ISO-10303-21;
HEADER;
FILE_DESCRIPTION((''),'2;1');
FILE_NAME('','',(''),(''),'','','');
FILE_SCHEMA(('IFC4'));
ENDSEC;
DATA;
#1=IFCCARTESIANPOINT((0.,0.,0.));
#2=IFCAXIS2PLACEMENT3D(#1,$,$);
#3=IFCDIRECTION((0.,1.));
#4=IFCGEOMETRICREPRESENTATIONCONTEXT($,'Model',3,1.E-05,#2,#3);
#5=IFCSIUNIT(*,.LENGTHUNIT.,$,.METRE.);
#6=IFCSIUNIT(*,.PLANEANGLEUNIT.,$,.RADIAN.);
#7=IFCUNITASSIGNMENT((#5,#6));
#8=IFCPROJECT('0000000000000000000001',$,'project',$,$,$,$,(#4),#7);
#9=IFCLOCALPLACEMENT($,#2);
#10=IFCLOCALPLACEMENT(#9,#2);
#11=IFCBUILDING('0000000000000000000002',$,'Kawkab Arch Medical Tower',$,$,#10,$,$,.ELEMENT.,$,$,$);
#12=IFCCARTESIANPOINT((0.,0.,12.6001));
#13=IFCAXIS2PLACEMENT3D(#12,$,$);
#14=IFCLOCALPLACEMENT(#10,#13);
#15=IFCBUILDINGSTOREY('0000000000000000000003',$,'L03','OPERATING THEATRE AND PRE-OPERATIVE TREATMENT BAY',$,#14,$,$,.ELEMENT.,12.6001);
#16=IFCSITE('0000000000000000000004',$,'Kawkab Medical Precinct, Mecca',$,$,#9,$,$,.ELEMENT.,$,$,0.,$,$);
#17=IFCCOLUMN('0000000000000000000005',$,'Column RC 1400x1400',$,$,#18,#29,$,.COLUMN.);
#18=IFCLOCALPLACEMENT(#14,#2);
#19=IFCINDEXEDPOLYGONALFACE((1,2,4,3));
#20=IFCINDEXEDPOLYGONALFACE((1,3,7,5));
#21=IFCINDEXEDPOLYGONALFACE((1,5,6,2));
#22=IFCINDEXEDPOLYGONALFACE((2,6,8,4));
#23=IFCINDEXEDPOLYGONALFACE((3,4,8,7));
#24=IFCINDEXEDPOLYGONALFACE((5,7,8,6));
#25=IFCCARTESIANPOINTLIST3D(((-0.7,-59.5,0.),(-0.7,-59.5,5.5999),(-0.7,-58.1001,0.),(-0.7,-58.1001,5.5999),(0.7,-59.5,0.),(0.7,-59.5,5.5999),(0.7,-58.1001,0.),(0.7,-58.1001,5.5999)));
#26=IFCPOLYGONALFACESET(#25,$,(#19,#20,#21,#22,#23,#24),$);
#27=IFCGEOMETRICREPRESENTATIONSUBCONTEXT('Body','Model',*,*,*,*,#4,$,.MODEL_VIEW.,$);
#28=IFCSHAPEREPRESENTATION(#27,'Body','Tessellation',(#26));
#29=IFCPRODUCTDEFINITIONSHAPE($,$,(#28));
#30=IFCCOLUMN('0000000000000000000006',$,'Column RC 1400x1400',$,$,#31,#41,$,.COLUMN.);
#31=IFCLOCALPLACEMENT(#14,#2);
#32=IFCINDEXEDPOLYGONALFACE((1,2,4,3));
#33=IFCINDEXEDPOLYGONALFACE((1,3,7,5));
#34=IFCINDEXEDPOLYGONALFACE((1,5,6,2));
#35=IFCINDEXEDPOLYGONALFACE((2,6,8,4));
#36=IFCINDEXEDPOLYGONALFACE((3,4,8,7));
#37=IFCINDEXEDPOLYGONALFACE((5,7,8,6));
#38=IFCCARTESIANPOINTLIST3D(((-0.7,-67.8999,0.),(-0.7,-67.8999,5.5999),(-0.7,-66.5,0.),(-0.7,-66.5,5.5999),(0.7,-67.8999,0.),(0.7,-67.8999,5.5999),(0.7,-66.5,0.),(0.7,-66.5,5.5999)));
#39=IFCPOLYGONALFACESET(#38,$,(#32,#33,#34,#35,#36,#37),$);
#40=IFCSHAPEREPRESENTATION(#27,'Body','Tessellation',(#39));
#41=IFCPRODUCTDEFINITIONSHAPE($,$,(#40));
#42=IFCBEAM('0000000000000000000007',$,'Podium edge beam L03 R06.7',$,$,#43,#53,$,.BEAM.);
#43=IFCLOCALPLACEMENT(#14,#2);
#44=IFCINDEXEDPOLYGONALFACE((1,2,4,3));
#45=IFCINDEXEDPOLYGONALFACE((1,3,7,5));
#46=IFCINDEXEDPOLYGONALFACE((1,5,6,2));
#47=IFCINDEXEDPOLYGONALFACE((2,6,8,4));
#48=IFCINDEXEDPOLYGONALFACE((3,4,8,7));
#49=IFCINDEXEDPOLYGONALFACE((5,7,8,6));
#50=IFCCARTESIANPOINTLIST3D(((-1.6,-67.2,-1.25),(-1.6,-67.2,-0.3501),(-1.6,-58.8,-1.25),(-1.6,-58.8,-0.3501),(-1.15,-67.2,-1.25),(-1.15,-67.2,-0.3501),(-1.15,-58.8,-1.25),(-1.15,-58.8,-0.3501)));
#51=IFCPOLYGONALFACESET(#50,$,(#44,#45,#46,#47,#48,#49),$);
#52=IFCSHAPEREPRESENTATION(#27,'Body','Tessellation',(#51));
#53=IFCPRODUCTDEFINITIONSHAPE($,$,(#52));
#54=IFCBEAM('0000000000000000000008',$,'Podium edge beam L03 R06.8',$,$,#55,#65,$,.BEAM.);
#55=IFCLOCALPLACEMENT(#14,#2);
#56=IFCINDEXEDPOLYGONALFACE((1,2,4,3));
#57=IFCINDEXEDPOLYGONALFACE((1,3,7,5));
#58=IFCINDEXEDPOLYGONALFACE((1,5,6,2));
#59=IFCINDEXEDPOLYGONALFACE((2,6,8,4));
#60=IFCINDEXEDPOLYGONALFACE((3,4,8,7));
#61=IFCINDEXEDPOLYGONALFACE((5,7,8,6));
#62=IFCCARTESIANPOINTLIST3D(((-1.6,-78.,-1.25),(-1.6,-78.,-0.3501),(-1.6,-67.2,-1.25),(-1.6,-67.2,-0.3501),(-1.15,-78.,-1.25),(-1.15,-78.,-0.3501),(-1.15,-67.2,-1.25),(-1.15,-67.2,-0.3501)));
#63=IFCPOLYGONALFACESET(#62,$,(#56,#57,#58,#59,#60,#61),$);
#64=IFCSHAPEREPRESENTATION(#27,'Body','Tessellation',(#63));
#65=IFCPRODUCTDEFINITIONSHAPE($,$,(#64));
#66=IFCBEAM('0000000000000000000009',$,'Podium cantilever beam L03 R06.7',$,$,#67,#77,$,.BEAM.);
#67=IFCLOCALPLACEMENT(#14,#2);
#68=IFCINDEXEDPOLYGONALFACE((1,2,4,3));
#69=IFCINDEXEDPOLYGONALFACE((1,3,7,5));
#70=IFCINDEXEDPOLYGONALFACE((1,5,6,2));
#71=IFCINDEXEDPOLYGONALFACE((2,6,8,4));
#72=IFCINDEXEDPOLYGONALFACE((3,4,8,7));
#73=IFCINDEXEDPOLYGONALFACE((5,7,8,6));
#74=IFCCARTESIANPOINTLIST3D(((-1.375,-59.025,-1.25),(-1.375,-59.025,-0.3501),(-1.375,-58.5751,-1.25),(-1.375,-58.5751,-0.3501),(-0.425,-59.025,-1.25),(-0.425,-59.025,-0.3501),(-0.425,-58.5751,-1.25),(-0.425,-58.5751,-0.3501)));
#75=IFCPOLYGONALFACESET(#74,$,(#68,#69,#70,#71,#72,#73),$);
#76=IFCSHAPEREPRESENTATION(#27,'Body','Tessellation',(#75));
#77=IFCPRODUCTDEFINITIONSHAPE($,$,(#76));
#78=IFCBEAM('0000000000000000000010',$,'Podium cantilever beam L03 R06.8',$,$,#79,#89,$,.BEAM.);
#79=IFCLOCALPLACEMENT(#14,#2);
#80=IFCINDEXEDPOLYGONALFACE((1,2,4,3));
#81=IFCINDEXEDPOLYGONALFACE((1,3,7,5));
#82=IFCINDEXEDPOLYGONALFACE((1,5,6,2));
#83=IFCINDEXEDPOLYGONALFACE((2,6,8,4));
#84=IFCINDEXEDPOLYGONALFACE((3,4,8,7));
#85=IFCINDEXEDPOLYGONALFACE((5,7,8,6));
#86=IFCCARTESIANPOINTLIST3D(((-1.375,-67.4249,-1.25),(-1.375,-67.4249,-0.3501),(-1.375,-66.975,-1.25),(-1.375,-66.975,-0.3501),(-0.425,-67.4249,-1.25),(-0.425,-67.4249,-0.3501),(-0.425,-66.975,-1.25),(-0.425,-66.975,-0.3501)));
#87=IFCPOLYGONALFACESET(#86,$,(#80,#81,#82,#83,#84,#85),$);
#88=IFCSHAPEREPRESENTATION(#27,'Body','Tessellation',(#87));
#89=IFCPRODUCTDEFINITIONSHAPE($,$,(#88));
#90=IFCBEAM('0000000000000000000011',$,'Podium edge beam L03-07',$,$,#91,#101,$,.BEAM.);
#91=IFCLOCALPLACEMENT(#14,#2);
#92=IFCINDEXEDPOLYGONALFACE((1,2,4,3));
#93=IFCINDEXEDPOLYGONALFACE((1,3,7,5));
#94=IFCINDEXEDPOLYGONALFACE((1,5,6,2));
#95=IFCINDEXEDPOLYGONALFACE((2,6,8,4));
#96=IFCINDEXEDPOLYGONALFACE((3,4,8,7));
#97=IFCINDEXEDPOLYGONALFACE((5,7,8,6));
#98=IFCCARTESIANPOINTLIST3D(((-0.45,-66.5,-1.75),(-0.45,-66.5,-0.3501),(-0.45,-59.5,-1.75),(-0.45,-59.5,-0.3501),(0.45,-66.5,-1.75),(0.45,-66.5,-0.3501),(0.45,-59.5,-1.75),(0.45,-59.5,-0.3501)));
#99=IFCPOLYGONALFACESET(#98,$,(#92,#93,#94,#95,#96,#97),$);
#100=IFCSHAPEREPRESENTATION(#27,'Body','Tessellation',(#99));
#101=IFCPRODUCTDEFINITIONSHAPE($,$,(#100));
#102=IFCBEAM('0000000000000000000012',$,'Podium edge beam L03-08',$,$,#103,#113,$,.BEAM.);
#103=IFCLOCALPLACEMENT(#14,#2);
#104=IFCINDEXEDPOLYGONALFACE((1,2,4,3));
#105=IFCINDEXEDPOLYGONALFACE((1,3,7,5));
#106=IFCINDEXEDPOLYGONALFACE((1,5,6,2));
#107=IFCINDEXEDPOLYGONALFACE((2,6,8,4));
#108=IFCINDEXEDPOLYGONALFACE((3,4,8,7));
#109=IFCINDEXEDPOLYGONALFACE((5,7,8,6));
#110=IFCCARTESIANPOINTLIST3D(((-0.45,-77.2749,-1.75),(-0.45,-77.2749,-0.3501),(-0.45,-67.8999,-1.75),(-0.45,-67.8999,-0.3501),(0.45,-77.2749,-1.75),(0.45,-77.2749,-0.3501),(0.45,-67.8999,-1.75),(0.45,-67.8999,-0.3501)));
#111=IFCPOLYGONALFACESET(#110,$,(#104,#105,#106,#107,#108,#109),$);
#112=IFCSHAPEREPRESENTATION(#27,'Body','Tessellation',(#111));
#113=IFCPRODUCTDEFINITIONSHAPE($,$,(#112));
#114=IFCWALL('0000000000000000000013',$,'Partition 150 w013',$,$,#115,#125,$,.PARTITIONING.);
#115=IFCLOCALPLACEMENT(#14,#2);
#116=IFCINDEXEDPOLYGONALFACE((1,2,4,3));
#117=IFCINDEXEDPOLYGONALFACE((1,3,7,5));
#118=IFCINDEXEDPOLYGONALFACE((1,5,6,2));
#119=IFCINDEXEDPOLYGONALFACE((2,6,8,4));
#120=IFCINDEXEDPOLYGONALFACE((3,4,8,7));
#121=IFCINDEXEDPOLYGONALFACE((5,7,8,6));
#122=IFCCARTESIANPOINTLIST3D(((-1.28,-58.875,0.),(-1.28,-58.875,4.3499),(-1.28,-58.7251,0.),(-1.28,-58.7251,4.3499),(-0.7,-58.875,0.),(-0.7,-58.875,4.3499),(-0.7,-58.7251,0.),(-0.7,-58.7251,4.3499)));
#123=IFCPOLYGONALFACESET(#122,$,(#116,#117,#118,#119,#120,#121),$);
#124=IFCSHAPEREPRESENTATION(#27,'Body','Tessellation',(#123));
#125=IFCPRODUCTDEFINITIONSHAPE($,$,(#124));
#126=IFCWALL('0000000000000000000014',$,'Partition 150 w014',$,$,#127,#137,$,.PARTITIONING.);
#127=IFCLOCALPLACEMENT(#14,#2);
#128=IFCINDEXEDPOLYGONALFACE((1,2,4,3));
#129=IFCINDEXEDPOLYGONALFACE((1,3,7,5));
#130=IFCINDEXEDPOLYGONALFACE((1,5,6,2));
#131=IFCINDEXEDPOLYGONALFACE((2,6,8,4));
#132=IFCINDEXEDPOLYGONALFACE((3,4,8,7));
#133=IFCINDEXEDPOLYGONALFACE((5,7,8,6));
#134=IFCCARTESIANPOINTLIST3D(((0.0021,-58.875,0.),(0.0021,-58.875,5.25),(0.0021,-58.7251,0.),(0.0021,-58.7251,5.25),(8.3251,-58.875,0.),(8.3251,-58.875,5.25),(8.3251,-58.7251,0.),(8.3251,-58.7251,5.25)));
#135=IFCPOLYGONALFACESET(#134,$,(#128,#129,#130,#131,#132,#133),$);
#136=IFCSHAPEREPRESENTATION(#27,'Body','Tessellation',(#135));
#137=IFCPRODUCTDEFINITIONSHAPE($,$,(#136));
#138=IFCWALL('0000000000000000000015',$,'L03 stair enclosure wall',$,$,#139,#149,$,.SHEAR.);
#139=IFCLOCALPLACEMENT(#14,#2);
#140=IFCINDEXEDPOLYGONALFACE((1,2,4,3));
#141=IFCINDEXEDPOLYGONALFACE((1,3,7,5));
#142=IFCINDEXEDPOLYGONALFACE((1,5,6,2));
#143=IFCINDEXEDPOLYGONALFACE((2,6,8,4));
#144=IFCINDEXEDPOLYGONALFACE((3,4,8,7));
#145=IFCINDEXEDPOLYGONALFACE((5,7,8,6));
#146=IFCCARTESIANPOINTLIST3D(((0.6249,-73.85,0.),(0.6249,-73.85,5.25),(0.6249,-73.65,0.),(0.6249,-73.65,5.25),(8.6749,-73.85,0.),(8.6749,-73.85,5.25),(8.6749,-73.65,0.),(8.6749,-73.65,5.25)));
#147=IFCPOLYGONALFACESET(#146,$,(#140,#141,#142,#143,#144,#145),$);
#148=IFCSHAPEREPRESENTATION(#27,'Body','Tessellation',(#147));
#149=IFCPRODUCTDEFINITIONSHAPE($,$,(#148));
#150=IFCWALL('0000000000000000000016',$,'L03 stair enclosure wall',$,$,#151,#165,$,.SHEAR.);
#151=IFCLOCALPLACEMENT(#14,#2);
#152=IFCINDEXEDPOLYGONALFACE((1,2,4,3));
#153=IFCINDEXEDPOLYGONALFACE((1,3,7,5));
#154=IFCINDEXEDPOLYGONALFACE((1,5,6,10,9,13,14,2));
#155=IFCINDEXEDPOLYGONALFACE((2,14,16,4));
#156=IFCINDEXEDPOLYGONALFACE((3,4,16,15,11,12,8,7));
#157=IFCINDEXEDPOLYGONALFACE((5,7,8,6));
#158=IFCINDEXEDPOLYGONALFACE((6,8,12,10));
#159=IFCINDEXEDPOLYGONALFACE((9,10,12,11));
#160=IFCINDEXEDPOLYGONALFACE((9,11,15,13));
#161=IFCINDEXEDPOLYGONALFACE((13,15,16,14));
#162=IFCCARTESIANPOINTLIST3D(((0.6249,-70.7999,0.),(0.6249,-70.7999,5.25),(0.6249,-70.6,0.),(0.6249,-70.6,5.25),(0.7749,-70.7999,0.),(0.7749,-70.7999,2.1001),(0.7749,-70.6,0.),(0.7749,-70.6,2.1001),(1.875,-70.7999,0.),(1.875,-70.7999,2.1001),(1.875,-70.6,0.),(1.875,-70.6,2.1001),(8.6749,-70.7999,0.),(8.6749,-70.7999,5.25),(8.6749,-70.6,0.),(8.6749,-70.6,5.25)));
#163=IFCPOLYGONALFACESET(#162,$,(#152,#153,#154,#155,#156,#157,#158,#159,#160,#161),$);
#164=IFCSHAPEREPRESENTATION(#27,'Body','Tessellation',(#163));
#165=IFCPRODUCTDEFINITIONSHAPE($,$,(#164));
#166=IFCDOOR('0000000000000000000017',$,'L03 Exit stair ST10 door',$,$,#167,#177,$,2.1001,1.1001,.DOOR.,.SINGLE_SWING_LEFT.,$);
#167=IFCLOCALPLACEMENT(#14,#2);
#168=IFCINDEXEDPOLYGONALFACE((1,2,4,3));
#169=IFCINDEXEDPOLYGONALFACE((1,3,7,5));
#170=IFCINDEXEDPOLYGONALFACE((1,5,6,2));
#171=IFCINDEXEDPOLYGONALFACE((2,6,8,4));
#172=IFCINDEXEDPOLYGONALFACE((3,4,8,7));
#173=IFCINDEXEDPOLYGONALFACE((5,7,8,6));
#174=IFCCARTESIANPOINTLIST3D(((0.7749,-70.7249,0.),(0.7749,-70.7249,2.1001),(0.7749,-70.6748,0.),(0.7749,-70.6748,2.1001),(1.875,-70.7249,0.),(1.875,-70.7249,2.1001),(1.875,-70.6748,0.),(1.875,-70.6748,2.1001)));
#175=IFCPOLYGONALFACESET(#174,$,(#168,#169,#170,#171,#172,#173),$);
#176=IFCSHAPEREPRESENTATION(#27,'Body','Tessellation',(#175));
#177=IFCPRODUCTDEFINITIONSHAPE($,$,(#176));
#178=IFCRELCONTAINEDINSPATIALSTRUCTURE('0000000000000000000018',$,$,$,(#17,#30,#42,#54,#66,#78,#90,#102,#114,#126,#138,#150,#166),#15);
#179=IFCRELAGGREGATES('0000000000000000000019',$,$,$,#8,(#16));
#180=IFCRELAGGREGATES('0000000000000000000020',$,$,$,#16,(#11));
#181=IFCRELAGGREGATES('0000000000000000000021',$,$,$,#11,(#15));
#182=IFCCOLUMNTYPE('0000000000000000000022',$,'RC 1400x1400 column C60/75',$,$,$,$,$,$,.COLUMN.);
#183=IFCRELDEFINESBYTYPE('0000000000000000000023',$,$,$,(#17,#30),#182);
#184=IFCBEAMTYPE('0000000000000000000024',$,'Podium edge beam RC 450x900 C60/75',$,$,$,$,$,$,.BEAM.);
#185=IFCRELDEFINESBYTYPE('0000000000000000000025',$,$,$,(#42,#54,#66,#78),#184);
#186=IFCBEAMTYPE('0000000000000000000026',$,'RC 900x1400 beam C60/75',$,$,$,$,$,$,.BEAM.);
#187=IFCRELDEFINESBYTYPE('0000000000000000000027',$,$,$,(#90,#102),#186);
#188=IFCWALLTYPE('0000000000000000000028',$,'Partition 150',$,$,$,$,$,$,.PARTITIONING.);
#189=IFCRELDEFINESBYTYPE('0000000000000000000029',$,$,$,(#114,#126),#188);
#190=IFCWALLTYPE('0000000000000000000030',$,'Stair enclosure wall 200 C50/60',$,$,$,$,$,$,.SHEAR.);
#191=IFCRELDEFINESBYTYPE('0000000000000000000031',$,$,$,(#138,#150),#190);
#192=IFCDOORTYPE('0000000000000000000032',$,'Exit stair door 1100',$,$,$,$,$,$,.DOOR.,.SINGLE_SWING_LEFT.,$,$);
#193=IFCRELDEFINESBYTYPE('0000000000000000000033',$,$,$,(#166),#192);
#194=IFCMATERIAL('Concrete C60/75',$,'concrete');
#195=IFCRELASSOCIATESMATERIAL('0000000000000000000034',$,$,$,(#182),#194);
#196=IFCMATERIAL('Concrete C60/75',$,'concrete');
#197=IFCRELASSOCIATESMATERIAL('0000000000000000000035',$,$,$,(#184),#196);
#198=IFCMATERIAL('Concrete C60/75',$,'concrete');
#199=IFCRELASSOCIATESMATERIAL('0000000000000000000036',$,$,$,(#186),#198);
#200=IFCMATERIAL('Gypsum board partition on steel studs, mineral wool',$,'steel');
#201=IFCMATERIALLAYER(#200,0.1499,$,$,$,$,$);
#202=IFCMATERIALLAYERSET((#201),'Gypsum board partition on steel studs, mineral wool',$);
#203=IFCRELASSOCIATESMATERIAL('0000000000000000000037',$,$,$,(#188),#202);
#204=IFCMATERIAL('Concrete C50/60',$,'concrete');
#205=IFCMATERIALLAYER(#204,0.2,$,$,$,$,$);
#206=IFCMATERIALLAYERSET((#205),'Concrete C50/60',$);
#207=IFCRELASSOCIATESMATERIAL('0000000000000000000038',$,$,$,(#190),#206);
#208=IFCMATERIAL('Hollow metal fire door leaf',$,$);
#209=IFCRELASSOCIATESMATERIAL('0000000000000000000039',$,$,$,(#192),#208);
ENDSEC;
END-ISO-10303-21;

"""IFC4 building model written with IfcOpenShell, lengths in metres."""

from ifc_helpers import new_model, si_unit, direction, frame, frame_2d, origin, origin_2d, place, context, subcontext, project, spatial, rectangle, extrude, material, layer, layer_set, material_profile, profile_set, type_object, element, fill, save


model = new_model("IFC4")

# Units and contexts
model_context = context("Model", 3, precision=1e-05, world=origin(), true_north=direction((0.0, 1.0)))
body_context = subcontext(model_context, "Body", "Model", "MODEL_VIEW")
ifc_project = project(units=[si_unit("LENGTHUNIT", "METRE"), si_unit("PLANEANGLEUNIT", "RADIAN")], contexts=[model_context])

# Site, building, storey
site_placement = place(None, origin())
site = spatial("IfcSite", under=ifc_project, at=site_placement, Name="Kawkab Medical Precinct, Mecca", CompositionType="ELEMENT", RefElevation=0.0)
building_placement = place(site_placement, origin())
building = spatial("IfcBuilding", under=site, at=building_placement, Name="Kawkab Arch Medical Tower", CompositionType="ELEMENT")
storey_placement = place(building_placement, frame((0.0, 0.0, 12.6001)))
storey = spatial("IfcBuildingStorey", under=building, at=storey_placement, Name="L03", Description="OPERATING THEATRE AND PRE-OPERATIVE TREATMENT BAY", CompositionType="ELEMENT", Elevation=12.6001)

# Columns
ifc_material_1 = material(Name="Concrete C60/75", Category="concrete")
ifc_material_profile_1 = material_profile(ifc_material_1, rectangle(XDim=1.3999, YDim=1.3999, at=origin_2d()), Name="RC 1400x1400")
ifc_profile_set_1 = profile_set([ifc_material_profile_1], Name="Concrete C60/75")
column_type = type_object("IfcColumnType", Name="RC 1400x1400 column C60/75", PredefinedType="COLUMN", material=ifc_profile_set_1)
for number, where, z_axis, x_axis, name in (
    (1, (0.0, -58.8, 0.0), (0.0, 0.0, 1.0), (1.0, 0.0, 0.0), "Column RC 1400x1400"),
    (2, (0.0, -67.2, 0.0), (0.0, 0.0, 1.0), (1.0, 0.0, 0.0), "Column RC 1400x1400"),
):
    element("IfcColumn", number, at=place(storey_placement, frame(where, z_axis=z_axis, x_axis=x_axis)), inside=storey, type_object=column_type, Name=name, PredefinedType="COLUMN", context=body_context, shape_type="SweptSolid", body=[
        extrude(rectangle(XDim=1.3999, YDim=1.3999, at=origin_2d()), origin(), (0.0, 0.0, 1.0), 5.5999),
    ])

# Beams
ifc_material_2 = material(Name="Concrete C60/75", Category="concrete")
ifc_material_profile_2 = material_profile(ifc_material_2, rectangle(XDim=0.45, YDim=0.8999, at=origin_2d()), Name="RC 450x900")
ifc_profile_set_2 = profile_set([ifc_material_profile_2], Name="Concrete C60/75")
beam_type_1 = type_object("IfcBeamType", Name="Podium edge beam RC 450x900 C60/75", PredefinedType="BEAM", material=ifc_profile_set_2)
beam_1_placement = place(storey_placement, frame((-1.375, -58.8, -0.8), z_axis=(0.0, -1.0, 0.0), x_axis=(1.0, 0.0, 0.0)))
element("IfcBeam", 3, at=beam_1_placement, inside=storey, type_object=beam_type_1, Name="Podium edge beam L03 R06.7", PredefinedType="BEAM", context=body_context, shape_type="SweptSolid", body=[
    extrude(rectangle(XDim=0.45, YDim=0.8999, at=origin_2d()), origin(), (0.0, 0.0, 1.0), 8.3999),
])
beam_2_placement = place(storey_placement, frame((-1.375, -67.2, -0.8), z_axis=(0.0, -1.0, 0.0), x_axis=(1.0, 0.0, 0.0)))
element("IfcBeam", 4, at=beam_2_placement, inside=storey, type_object=beam_type_1, Name="Podium edge beam L03 R06.8", PredefinedType="BEAM", context=body_context, shape_type="SweptSolid", body=[
    extrude(rectangle(XDim=0.45, YDim=0.8999, at=origin_2d()), origin(), (0.0, 0.0, 1.0), 10.8),
])
for number, where, z_axis, x_axis, name in (
    (5, (-0.425, -58.8, -0.8), (-1.0, 0.0, 0.0), (0.0, -1.0, 0.0), "Podium cantilever beam L03 R06.7"),
    (6, (-0.425, -67.2, -0.8), (-1.0, 0.0, 0.0), (0.0, -1.0, 0.0), "Podium cantilever beam L03 R06.8"),
):
    element("IfcBeam", number, at=place(storey_placement, frame(where, z_axis=z_axis, x_axis=x_axis)), inside=storey, type_object=beam_type_1, Name=name, PredefinedType="BEAM", context=body_context, shape_type="SweptSolid", body=[
        extrude(rectangle(XDim=0.45, YDim=0.8999, at=origin_2d()), origin(), (0.0, 0.0, 1.0), 0.95),
    ])
ifc_material_3 = material(Name="Concrete C60/75", Category="concrete")
ifc_material_profile_3 = material_profile(ifc_material_3, rectangle(XDim=0.8999, YDim=1.3999, at=origin_2d()), Name="RC 900x1400")
ifc_profile_set_3 = profile_set([ifc_material_profile_3], Name="Concrete C60/75")
beam_type_2 = type_object("IfcBeamType", Name="RC 900x1400 beam C60/75", PredefinedType="BEAM", material=ifc_profile_set_3)
beam_3_placement = place(storey_placement, frame((0.0, -59.5, -1.05), z_axis=(0.0, -1.0, 0.0), x_axis=(1.0, 0.0, 0.0)))
element("IfcBeam", 7, at=beam_3_placement, inside=storey, type_object=beam_type_2, Name="Podium edge beam L03-07", PredefinedType="BEAM", context=body_context, shape_type="SweptSolid", body=[
    extrude(rectangle(XDim=0.8999, YDim=1.3999, at=origin_2d()), origin(), (0.0, 0.0, 1.0), 7.0),
])
beam_4_placement = place(storey_placement, frame((0.0, -67.8999, -1.05), z_axis=(0.0, -1.0, 0.0), x_axis=(1.0, 0.0, 0.0)))
element("IfcBeam", 8, at=beam_4_placement, inside=storey, type_object=beam_type_2, Name="Podium edge beam L03-08", PredefinedType="BEAM", context=body_context, shape_type="SweptSolid", body=[
    extrude(rectangle(XDim=0.8999, YDim=1.3999, at=origin_2d()), origin(), (0.0, 0.0, 1.0), 9.375),
])

# Walls
ifc_material_4 = material(Name="Gypsum board partition on steel studs, mineral wool", Category="steel")
ifc_layer_1 = layer(ifc_material_4, 0.1499)
ifc_layer_set_1 = layer_set([ifc_layer_1], Name="Gypsum board partition on steel studs, mineral wool")
wall_type_1 = type_object("IfcWallType", Name="Partition 150", PredefinedType="PARTITIONING", material=ifc_layer_set_1)
wall_1_placement = place(storey_placement, frame((-1.28, -58.8, 0.0), z_axis=(0.0, 0.0, 1.0), x_axis=(1.0, 0.0, 0.0)))
element("IfcWall", 9, at=wall_1_placement, inside=storey, type_object=wall_type_1, Name="Partition 150 w013", PredefinedType="PARTITIONING", context=body_context, shape_type="SweptSolid", body=[
    extrude(rectangle(XDim=0.5801, YDim=0.1499, at=frame_2d((0.29, 0.0))), origin(), (0.0, 0.0, 1.0), 4.3499),
])
wall_2_placement = place(storey_placement, frame((0.002, -58.8, 0.0), z_axis=(0.0, 0.0, 1.0), x_axis=(1.0, 0.0, 0.0)))
element("IfcWall", 10, at=wall_2_placement, inside=storey, type_object=wall_type_1, Name="Partition 150 w014", PredefinedType="PARTITIONING", context=body_context, shape_type="SweptSolid", body=[
    extrude(rectangle(XDim=8.323, YDim=0.1499, at=frame_2d((4.1616, 0.0))), origin(), (0.0, 0.0, 1.0), 5.25),
])
ifc_material_5 = material(Name="Concrete C50/60", Category="concrete")
ifc_layer_2 = layer(ifc_material_5, 0.2)
ifc_layer_set_2 = layer_set([ifc_layer_2], Name="Concrete C50/60")
wall_type_2 = type_object("IfcWallType", Name="Stair enclosure wall 200 C50/60", PredefinedType="SHEAR", material=ifc_layer_set_2)
wall_3_placement = place(storey_placement, frame((0.625, -73.75, 0.0), z_axis=(0.0, 0.0, 1.0), x_axis=(1.0, 0.0, 0.0)))
element("IfcWall", 11, at=wall_3_placement, inside=storey, type_object=wall_type_2, Name="L03 stair enclosure wall", PredefinedType="SHEAR", context=body_context, shape_type="SweptSolid", body=[
    extrude(rectangle(XDim=8.05, YDim=0.2, at=frame_2d((4.0249, 0.0))), origin(), (0.0, 0.0, 1.0), 5.25),
])

# Wall, opening, door
wall_4_placement = place(storey_placement, frame((0.625, -70.7, 0.0), z_axis=(0.0, 0.0, 1.0), x_axis=(1.0, 0.0, 0.0)))
wall_4 = element("IfcWall", 12, at=wall_4_placement, inside=storey, type_object=wall_type_2, Name="L03 stair enclosure wall", PredefinedType="SHEAR", context=body_context, shape_type="SweptSolid", body=[
    extrude(rectangle(XDim=8.05, YDim=0.2, at=frame_2d((4.0249, 0.0))), origin(), (0.0, 0.0, 1.0), 5.25),
])
opening_placement = place(wall_4_placement, frame((0.1499, 0.0, 0.0)))
opening = element("IfcOpeningElement", 13, at=opening_placement, cuts=wall_4, PredefinedType="OPENING", context=body_context, shape_type="SweptSolid", body=[
    extrude(rectangle(XDim=1.1001, YDim=2.1001, at=frame_2d((0.55, 1.05))), frame((0.0, 0.1099, 0.0), z_axis=(0.0, -1.0, 0.0), x_axis=(1.0, 0.0, 0.0)), (0.0, 0.0, 1.0), 0.22),
])
ifc_material_6 = material(Name="Hollow metal fire door leaf")
door_type = type_object("IfcDoorType", Name="Exit stair door 1100", OperationType="SINGLE_SWING_LEFT", PredefinedType="DOOR", material=ifc_material_6)
door_placement = place(opening_placement, frame((1.1001, 0.0, 0.0), z_axis=(0.0, 0.0, 1.0), x_axis=(-1.0, 0.0, 0.0)))
door = element("IfcDoor", 14, at=door_placement, inside=storey, type_object=door_type, Name="L03 Exit stair ST10 door", OperationType="SINGLE_SWING_LEFT", OverallHeight=2.1001, OverallWidth=1.1001, PredefinedType="DOOR", context=body_context, shape_type="SweptSolid", body=[
    extrude(rectangle(XDim=1.1001, YDim=2.1001, at=frame_2d((0.55, 1.05))), frame((0.0, 0.0249, 0.0), z_axis=(0.0, -1.0, 0.0), x_axis=(1.0, 0.0, 0.0)), (0.0, 0.0, 1.0), 0.05),
])
fill(opening, door)

save(model, "model.ifc")
